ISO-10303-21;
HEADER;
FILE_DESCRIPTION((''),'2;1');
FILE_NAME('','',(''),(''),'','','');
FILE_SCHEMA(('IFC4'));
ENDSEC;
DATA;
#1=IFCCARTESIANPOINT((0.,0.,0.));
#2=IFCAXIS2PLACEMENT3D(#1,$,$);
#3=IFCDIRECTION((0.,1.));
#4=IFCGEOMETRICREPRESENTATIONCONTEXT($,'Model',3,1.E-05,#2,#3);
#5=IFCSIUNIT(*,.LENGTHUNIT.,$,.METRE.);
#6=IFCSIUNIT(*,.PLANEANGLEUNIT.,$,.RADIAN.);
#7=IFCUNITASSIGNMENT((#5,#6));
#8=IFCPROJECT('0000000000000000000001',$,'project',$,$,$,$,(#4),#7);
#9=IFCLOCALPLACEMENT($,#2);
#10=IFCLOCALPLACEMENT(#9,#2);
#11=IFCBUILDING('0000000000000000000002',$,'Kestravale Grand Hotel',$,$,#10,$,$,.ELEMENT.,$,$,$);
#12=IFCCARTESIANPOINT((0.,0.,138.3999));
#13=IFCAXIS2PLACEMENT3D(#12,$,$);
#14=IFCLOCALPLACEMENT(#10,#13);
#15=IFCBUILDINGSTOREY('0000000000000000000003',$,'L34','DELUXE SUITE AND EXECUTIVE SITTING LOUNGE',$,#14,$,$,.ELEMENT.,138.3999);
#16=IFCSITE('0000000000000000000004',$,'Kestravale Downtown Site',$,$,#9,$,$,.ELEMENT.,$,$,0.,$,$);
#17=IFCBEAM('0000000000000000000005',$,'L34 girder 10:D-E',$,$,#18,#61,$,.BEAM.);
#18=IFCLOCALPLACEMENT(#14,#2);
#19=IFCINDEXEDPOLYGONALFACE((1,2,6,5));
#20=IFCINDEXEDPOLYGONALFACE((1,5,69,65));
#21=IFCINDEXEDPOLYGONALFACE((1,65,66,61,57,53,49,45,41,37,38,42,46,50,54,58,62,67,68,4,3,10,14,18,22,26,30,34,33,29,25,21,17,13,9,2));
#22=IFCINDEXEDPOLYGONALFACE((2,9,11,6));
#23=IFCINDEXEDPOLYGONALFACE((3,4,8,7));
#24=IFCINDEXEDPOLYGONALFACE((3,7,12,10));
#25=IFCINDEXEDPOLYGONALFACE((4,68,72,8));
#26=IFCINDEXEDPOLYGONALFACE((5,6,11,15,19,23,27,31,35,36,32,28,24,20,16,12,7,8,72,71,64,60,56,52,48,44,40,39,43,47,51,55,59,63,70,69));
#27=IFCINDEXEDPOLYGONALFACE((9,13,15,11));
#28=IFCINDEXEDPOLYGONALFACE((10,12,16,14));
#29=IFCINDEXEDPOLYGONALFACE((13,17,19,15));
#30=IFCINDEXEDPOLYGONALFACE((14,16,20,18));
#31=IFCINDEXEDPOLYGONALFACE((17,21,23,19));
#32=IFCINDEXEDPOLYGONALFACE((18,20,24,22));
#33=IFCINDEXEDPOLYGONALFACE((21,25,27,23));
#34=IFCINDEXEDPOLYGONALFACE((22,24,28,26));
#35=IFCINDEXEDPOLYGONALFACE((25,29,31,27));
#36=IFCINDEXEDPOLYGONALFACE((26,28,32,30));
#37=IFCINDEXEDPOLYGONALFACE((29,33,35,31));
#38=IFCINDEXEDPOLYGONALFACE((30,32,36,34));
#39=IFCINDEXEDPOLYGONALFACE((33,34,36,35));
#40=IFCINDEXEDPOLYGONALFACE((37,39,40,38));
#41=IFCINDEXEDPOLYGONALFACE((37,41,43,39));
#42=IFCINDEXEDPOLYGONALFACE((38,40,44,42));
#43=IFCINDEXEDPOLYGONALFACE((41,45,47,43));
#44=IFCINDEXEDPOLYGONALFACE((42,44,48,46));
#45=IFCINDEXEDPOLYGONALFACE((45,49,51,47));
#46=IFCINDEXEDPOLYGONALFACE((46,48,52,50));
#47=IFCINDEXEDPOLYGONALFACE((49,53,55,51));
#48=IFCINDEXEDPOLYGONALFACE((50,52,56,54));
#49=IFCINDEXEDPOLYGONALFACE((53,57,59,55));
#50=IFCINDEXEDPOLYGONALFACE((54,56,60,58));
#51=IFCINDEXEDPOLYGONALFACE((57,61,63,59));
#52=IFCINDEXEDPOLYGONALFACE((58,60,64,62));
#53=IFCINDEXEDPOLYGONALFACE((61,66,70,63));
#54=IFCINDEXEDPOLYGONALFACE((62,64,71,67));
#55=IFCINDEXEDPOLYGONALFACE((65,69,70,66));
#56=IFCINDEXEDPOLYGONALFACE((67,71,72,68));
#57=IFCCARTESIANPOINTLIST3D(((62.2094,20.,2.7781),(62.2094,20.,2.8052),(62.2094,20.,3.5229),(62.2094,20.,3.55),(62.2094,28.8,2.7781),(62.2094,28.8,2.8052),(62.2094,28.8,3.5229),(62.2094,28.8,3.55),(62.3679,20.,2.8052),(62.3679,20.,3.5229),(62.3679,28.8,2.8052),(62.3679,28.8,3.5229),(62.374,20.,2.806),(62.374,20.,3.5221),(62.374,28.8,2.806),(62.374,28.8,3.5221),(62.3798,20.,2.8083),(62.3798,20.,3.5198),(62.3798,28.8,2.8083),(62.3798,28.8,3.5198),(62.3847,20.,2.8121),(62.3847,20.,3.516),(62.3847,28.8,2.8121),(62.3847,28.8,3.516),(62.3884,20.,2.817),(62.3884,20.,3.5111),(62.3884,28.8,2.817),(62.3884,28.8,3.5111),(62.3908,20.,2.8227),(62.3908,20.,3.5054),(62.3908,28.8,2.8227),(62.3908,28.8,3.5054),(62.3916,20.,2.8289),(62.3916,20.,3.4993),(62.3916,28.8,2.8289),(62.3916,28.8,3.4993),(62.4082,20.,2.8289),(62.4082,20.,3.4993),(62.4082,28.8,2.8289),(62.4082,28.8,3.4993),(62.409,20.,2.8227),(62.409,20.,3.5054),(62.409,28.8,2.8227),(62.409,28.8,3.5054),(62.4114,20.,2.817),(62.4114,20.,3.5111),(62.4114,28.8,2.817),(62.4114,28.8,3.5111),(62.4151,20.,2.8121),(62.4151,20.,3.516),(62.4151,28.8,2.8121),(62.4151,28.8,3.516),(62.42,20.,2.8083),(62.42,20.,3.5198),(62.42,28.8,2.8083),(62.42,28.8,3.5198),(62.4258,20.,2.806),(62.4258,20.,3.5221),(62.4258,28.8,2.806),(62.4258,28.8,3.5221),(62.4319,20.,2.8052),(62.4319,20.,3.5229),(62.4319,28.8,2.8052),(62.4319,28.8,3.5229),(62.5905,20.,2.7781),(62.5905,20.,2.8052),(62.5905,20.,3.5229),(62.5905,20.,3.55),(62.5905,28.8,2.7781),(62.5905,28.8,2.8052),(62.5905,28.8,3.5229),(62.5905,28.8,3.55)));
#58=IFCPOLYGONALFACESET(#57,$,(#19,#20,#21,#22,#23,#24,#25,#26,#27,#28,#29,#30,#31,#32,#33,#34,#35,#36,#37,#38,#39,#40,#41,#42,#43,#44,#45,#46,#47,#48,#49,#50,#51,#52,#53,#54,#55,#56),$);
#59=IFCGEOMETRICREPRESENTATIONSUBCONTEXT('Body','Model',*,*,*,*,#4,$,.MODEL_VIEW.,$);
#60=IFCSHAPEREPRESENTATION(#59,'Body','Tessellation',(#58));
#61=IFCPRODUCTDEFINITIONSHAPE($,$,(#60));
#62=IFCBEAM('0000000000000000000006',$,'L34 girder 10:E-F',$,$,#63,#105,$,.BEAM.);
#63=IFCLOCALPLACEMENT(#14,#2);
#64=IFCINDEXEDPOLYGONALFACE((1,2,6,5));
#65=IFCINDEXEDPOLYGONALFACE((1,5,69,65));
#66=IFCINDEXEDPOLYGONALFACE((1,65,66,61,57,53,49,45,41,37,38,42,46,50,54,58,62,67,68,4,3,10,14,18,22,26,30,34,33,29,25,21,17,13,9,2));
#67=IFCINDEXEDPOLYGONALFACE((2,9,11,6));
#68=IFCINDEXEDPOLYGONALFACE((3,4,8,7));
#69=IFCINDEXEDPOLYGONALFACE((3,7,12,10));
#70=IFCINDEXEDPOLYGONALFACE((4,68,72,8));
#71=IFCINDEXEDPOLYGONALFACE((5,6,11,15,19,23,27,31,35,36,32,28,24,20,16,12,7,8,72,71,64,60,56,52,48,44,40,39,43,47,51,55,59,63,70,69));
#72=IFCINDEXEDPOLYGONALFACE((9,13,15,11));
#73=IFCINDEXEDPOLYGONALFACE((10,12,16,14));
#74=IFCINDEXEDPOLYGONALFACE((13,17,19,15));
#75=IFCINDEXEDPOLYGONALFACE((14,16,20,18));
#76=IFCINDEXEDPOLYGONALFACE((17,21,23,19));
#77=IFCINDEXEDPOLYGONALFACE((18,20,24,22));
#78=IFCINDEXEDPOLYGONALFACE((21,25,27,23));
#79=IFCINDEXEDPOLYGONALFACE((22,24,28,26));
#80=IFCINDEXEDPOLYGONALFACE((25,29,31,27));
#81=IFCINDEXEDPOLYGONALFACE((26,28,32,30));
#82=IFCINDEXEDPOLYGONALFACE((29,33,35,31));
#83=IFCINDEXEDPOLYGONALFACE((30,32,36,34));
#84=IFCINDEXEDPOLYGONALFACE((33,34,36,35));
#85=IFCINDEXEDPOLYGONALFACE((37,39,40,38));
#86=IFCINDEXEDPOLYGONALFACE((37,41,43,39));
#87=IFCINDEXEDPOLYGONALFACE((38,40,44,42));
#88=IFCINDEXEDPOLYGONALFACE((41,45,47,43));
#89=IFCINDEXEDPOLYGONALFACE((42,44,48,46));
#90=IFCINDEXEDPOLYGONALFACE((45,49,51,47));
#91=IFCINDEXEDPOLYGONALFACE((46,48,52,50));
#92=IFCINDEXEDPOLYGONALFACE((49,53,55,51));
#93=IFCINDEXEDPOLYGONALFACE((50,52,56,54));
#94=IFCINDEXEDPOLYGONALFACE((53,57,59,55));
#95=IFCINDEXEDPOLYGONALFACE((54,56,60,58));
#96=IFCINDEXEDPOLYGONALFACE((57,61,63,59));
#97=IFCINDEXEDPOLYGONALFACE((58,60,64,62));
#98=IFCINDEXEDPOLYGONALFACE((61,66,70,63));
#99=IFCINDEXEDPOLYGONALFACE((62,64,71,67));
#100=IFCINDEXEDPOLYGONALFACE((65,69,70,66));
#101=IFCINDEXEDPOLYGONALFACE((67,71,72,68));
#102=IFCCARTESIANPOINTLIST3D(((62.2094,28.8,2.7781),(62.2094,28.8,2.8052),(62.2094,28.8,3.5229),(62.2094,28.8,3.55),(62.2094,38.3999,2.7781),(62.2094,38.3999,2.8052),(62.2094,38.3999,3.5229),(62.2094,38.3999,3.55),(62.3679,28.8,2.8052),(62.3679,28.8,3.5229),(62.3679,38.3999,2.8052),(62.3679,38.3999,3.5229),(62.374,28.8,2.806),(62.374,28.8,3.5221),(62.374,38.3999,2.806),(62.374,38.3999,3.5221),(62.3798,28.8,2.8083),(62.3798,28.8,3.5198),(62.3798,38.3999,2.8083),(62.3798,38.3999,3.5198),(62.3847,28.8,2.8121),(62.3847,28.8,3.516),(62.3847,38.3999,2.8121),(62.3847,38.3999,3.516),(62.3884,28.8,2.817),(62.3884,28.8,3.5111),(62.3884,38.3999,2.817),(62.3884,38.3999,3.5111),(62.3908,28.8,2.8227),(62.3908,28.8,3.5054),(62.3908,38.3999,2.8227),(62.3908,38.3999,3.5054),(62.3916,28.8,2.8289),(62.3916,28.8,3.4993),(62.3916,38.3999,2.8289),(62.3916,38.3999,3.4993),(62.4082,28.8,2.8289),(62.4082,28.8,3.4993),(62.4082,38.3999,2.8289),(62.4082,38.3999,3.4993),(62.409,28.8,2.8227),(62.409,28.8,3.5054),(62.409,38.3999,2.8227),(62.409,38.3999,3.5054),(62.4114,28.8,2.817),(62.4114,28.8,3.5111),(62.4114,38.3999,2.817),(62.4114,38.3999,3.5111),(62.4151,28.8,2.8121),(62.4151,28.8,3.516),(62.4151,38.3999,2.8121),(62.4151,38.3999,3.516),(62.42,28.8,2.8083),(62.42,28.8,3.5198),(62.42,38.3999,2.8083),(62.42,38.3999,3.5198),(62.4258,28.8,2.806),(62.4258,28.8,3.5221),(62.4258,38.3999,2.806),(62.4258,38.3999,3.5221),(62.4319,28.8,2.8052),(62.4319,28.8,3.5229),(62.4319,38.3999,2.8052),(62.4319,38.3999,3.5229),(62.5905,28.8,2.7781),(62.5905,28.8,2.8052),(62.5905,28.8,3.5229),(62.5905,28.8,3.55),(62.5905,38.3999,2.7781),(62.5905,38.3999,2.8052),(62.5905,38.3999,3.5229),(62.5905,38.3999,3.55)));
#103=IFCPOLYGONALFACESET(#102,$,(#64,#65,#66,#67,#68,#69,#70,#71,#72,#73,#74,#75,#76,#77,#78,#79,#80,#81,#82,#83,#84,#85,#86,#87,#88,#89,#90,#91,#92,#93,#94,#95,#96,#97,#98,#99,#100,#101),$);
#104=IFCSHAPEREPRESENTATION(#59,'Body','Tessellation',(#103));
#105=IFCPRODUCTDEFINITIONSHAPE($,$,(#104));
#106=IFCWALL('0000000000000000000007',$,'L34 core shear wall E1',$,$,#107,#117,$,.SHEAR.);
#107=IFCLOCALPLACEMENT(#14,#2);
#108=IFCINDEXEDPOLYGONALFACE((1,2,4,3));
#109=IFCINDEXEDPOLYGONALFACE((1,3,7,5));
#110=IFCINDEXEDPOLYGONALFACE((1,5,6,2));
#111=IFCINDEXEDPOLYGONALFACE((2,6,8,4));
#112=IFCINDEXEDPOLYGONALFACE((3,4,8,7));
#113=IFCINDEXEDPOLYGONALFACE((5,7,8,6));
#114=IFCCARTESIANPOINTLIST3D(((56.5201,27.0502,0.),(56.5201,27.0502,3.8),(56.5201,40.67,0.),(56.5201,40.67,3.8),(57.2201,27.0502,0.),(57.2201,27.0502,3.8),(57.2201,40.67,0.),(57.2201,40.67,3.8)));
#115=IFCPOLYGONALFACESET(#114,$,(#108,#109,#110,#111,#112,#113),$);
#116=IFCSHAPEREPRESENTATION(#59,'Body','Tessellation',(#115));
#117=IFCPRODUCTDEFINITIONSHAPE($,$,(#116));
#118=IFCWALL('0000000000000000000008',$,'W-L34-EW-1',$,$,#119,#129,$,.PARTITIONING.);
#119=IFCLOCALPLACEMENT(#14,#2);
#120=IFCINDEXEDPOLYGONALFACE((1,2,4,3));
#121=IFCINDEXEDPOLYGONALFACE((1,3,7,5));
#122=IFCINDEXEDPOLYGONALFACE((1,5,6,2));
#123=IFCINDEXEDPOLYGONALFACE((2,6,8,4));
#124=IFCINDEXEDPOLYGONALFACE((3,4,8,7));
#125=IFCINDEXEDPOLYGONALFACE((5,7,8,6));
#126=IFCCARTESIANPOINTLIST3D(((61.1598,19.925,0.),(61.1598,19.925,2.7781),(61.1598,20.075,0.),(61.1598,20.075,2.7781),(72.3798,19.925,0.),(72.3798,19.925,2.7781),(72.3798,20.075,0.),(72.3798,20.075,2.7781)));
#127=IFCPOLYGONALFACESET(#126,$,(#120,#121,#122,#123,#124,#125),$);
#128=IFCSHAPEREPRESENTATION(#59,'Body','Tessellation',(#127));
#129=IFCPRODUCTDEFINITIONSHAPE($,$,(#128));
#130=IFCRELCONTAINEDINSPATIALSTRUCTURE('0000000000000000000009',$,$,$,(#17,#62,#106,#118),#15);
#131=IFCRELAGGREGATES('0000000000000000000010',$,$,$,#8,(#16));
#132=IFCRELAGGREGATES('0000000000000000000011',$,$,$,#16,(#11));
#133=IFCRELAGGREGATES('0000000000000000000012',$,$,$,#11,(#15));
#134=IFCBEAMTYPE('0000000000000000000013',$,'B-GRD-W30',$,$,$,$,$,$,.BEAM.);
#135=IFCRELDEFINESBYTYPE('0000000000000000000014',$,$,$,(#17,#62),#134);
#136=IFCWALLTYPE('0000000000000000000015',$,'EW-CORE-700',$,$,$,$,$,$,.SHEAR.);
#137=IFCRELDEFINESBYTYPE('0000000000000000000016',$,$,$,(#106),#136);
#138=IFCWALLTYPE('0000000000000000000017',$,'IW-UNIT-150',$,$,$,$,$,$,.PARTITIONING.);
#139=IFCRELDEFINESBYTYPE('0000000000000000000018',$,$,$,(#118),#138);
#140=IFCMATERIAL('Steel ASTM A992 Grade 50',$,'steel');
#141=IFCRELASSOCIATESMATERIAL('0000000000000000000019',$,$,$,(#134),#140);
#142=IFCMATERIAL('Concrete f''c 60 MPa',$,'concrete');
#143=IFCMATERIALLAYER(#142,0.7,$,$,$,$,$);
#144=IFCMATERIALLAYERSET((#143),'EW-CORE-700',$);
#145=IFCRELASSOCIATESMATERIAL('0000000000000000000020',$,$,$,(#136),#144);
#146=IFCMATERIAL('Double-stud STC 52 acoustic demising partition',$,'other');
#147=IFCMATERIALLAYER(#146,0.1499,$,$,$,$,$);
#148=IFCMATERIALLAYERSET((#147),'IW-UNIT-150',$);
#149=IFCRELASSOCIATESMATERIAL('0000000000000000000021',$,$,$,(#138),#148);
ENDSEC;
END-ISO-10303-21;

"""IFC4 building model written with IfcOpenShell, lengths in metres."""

from ifc_helpers import new_model, si_unit, direction, frame, frame_2d, origin, origin_2d, place, context, subcontext, project, spatial, rectangle, i_section, extrude, material, layer, layer_set, material_profile, profile_set, type_object, element, save


model = new_model("IFC4")

# Units and contexts
model_context = context("Model", 3, precision=1e-05, world=origin(), true_north=direction((0.0, 1.0)))
body_context = subcontext(model_context, "Body", "Model", "MODEL_VIEW")
ifc_project = project(units=[si_unit("LENGTHUNIT", "METRE"), si_unit("PLANEANGLEUNIT", "RADIAN")], contexts=[model_context])

# Site, building, storey
site_placement = place(None, origin())
site = spatial("IfcSite", under=ifc_project, at=site_placement, Name="Kestravale Downtown Site", CompositionType="ELEMENT", RefElevation=0.0)
building_placement = place(site_placement, origin())
building = spatial("IfcBuilding", under=site, at=building_placement, Name="Kestravale Grand Hotel", CompositionType="ELEMENT")
storey_placement = place(building_placement, frame((0.0, 0.0, 138.3999)))
storey = spatial("IfcBuildingStorey", under=building, at=storey_placement, Name="L34", Description="DELUXE SUITE AND EXECUTIVE SITTING LOUNGE", CompositionType="ELEMENT", Elevation=138.3999)

# Beams
ifc_material_1 = material(Name="Steel ASTM A992 Grade 50", Category="steel")
ifc_material_profile_1 = material_profile(ifc_material_1, i_section(OverallWidth=0.3811, OverallDepth=0.772, WebThickness=0.0166, FlangeThickness=0.0271, FilletRadius=0.0237, at=origin_2d()))
ifc_profile_set_1 = profile_set([ifc_material_profile_1], Name="Steel ASTM A992 Grade 50")
beam_type_1 = type_object("IfcBeamType", Name="B-GRD-W30", PredefinedType="BEAM", material=ifc_profile_set_1)
beam_1_placement = place(storey_placement, frame((62.3999, 20.0, 3.1641), z_axis=(0.0, 1.0, 0.0), x_axis=(-1.0, 0.0, 0.0)))
element("IfcBeam", 1, at=beam_1_placement, inside=storey, type_object=beam_type_1, Name="L34 girder 10:D-E", PredefinedType="BEAM", context=body_context, shape_type="SweptSolid", body=[
    extrude(i_section(OverallWidth=0.3811, OverallDepth=0.772, WebThickness=0.0166, FlangeThickness=0.0271, FilletRadius=0.0237, at=origin_2d()), origin(), (0.0, 0.0, 1.0), 8.8),
])
beam_2_placement = place(storey_placement, frame((62.3999, 28.8, 3.1641), z_axis=(0.0, 1.0, 0.0), x_axis=(-1.0, 0.0, 0.0)))
element("IfcBeam", 2, at=beam_2_placement, inside=storey, type_object=beam_type_1, Name="L34 girder 10:E-F", PredefinedType="BEAM", context=body_context, shape_type="SweptSolid", body=[
    extrude(i_section(OverallWidth=0.3811, OverallDepth=0.772, WebThickness=0.0166, FlangeThickness=0.0271, FilletRadius=0.0237, at=origin_2d()), origin(), (0.0, 0.0, 1.0), 9.5999),
])

# Walls
ifc_material_2 = material(Name="Concrete f'c 60 MPa", Category="concrete")
ifc_layer_1 = layer(ifc_material_2, 0.7)
ifc_layer_set_1 = layer_set([ifc_layer_1], Name="EW-CORE-700")
wall_type_1 = type_object("IfcWallType", Name="EW-CORE-700", PredefinedType="SHEAR", material=ifc_layer_set_1)
wall_1_placement = place(storey_placement, frame((56.8701, 27.05, 0.0), z_axis=(0.0, 0.0, 1.0), x_axis=(0.0, 1.0, 0.0)))
element("IfcWall", 3, at=wall_1_placement, inside=storey, type_object=wall_type_1, Name="L34 core shear wall E1", PredefinedType="SHEAR", context=body_context, shape_type="SweptSolid", body=[
    extrude(rectangle(XDim=13.6199, YDim=0.7, at=frame_2d((6.8101, 0.0))), origin(), (0.0, 0.0, 1.0), 3.8),
])
ifc_material_3 = material(Name="Double-stud STC 52 acoustic demising partition", Category="other")
ifc_layer_2 = layer(ifc_material_3, 0.1499)
ifc_layer_set_2 = layer_set([ifc_layer_2], Name="IW-UNIT-150")
wall_type_2 = type_object("IfcWallType", Name="IW-UNIT-150", PredefinedType="PARTITIONING", material=ifc_layer_set_2)
wall_2_placement = place(storey_placement, frame((61.1599, 20.0, 0.0), z_axis=(0.0, 0.0, 1.0), x_axis=(1.0, 0.0, 0.0)))
element("IfcWall", 4, at=wall_2_placement, inside=storey, type_object=wall_type_2, Name="W-L34-EW-1", PredefinedType="PARTITIONING", context=body_context, shape_type="SweptSolid", body=[
    extrude(rectangle(XDim=11.22, YDim=0.1499, at=frame_2d((5.6099, 0.0))), origin(), (0.0, 0.0, 1.0), 2.7781),
])

save(model, "model.ifc")
